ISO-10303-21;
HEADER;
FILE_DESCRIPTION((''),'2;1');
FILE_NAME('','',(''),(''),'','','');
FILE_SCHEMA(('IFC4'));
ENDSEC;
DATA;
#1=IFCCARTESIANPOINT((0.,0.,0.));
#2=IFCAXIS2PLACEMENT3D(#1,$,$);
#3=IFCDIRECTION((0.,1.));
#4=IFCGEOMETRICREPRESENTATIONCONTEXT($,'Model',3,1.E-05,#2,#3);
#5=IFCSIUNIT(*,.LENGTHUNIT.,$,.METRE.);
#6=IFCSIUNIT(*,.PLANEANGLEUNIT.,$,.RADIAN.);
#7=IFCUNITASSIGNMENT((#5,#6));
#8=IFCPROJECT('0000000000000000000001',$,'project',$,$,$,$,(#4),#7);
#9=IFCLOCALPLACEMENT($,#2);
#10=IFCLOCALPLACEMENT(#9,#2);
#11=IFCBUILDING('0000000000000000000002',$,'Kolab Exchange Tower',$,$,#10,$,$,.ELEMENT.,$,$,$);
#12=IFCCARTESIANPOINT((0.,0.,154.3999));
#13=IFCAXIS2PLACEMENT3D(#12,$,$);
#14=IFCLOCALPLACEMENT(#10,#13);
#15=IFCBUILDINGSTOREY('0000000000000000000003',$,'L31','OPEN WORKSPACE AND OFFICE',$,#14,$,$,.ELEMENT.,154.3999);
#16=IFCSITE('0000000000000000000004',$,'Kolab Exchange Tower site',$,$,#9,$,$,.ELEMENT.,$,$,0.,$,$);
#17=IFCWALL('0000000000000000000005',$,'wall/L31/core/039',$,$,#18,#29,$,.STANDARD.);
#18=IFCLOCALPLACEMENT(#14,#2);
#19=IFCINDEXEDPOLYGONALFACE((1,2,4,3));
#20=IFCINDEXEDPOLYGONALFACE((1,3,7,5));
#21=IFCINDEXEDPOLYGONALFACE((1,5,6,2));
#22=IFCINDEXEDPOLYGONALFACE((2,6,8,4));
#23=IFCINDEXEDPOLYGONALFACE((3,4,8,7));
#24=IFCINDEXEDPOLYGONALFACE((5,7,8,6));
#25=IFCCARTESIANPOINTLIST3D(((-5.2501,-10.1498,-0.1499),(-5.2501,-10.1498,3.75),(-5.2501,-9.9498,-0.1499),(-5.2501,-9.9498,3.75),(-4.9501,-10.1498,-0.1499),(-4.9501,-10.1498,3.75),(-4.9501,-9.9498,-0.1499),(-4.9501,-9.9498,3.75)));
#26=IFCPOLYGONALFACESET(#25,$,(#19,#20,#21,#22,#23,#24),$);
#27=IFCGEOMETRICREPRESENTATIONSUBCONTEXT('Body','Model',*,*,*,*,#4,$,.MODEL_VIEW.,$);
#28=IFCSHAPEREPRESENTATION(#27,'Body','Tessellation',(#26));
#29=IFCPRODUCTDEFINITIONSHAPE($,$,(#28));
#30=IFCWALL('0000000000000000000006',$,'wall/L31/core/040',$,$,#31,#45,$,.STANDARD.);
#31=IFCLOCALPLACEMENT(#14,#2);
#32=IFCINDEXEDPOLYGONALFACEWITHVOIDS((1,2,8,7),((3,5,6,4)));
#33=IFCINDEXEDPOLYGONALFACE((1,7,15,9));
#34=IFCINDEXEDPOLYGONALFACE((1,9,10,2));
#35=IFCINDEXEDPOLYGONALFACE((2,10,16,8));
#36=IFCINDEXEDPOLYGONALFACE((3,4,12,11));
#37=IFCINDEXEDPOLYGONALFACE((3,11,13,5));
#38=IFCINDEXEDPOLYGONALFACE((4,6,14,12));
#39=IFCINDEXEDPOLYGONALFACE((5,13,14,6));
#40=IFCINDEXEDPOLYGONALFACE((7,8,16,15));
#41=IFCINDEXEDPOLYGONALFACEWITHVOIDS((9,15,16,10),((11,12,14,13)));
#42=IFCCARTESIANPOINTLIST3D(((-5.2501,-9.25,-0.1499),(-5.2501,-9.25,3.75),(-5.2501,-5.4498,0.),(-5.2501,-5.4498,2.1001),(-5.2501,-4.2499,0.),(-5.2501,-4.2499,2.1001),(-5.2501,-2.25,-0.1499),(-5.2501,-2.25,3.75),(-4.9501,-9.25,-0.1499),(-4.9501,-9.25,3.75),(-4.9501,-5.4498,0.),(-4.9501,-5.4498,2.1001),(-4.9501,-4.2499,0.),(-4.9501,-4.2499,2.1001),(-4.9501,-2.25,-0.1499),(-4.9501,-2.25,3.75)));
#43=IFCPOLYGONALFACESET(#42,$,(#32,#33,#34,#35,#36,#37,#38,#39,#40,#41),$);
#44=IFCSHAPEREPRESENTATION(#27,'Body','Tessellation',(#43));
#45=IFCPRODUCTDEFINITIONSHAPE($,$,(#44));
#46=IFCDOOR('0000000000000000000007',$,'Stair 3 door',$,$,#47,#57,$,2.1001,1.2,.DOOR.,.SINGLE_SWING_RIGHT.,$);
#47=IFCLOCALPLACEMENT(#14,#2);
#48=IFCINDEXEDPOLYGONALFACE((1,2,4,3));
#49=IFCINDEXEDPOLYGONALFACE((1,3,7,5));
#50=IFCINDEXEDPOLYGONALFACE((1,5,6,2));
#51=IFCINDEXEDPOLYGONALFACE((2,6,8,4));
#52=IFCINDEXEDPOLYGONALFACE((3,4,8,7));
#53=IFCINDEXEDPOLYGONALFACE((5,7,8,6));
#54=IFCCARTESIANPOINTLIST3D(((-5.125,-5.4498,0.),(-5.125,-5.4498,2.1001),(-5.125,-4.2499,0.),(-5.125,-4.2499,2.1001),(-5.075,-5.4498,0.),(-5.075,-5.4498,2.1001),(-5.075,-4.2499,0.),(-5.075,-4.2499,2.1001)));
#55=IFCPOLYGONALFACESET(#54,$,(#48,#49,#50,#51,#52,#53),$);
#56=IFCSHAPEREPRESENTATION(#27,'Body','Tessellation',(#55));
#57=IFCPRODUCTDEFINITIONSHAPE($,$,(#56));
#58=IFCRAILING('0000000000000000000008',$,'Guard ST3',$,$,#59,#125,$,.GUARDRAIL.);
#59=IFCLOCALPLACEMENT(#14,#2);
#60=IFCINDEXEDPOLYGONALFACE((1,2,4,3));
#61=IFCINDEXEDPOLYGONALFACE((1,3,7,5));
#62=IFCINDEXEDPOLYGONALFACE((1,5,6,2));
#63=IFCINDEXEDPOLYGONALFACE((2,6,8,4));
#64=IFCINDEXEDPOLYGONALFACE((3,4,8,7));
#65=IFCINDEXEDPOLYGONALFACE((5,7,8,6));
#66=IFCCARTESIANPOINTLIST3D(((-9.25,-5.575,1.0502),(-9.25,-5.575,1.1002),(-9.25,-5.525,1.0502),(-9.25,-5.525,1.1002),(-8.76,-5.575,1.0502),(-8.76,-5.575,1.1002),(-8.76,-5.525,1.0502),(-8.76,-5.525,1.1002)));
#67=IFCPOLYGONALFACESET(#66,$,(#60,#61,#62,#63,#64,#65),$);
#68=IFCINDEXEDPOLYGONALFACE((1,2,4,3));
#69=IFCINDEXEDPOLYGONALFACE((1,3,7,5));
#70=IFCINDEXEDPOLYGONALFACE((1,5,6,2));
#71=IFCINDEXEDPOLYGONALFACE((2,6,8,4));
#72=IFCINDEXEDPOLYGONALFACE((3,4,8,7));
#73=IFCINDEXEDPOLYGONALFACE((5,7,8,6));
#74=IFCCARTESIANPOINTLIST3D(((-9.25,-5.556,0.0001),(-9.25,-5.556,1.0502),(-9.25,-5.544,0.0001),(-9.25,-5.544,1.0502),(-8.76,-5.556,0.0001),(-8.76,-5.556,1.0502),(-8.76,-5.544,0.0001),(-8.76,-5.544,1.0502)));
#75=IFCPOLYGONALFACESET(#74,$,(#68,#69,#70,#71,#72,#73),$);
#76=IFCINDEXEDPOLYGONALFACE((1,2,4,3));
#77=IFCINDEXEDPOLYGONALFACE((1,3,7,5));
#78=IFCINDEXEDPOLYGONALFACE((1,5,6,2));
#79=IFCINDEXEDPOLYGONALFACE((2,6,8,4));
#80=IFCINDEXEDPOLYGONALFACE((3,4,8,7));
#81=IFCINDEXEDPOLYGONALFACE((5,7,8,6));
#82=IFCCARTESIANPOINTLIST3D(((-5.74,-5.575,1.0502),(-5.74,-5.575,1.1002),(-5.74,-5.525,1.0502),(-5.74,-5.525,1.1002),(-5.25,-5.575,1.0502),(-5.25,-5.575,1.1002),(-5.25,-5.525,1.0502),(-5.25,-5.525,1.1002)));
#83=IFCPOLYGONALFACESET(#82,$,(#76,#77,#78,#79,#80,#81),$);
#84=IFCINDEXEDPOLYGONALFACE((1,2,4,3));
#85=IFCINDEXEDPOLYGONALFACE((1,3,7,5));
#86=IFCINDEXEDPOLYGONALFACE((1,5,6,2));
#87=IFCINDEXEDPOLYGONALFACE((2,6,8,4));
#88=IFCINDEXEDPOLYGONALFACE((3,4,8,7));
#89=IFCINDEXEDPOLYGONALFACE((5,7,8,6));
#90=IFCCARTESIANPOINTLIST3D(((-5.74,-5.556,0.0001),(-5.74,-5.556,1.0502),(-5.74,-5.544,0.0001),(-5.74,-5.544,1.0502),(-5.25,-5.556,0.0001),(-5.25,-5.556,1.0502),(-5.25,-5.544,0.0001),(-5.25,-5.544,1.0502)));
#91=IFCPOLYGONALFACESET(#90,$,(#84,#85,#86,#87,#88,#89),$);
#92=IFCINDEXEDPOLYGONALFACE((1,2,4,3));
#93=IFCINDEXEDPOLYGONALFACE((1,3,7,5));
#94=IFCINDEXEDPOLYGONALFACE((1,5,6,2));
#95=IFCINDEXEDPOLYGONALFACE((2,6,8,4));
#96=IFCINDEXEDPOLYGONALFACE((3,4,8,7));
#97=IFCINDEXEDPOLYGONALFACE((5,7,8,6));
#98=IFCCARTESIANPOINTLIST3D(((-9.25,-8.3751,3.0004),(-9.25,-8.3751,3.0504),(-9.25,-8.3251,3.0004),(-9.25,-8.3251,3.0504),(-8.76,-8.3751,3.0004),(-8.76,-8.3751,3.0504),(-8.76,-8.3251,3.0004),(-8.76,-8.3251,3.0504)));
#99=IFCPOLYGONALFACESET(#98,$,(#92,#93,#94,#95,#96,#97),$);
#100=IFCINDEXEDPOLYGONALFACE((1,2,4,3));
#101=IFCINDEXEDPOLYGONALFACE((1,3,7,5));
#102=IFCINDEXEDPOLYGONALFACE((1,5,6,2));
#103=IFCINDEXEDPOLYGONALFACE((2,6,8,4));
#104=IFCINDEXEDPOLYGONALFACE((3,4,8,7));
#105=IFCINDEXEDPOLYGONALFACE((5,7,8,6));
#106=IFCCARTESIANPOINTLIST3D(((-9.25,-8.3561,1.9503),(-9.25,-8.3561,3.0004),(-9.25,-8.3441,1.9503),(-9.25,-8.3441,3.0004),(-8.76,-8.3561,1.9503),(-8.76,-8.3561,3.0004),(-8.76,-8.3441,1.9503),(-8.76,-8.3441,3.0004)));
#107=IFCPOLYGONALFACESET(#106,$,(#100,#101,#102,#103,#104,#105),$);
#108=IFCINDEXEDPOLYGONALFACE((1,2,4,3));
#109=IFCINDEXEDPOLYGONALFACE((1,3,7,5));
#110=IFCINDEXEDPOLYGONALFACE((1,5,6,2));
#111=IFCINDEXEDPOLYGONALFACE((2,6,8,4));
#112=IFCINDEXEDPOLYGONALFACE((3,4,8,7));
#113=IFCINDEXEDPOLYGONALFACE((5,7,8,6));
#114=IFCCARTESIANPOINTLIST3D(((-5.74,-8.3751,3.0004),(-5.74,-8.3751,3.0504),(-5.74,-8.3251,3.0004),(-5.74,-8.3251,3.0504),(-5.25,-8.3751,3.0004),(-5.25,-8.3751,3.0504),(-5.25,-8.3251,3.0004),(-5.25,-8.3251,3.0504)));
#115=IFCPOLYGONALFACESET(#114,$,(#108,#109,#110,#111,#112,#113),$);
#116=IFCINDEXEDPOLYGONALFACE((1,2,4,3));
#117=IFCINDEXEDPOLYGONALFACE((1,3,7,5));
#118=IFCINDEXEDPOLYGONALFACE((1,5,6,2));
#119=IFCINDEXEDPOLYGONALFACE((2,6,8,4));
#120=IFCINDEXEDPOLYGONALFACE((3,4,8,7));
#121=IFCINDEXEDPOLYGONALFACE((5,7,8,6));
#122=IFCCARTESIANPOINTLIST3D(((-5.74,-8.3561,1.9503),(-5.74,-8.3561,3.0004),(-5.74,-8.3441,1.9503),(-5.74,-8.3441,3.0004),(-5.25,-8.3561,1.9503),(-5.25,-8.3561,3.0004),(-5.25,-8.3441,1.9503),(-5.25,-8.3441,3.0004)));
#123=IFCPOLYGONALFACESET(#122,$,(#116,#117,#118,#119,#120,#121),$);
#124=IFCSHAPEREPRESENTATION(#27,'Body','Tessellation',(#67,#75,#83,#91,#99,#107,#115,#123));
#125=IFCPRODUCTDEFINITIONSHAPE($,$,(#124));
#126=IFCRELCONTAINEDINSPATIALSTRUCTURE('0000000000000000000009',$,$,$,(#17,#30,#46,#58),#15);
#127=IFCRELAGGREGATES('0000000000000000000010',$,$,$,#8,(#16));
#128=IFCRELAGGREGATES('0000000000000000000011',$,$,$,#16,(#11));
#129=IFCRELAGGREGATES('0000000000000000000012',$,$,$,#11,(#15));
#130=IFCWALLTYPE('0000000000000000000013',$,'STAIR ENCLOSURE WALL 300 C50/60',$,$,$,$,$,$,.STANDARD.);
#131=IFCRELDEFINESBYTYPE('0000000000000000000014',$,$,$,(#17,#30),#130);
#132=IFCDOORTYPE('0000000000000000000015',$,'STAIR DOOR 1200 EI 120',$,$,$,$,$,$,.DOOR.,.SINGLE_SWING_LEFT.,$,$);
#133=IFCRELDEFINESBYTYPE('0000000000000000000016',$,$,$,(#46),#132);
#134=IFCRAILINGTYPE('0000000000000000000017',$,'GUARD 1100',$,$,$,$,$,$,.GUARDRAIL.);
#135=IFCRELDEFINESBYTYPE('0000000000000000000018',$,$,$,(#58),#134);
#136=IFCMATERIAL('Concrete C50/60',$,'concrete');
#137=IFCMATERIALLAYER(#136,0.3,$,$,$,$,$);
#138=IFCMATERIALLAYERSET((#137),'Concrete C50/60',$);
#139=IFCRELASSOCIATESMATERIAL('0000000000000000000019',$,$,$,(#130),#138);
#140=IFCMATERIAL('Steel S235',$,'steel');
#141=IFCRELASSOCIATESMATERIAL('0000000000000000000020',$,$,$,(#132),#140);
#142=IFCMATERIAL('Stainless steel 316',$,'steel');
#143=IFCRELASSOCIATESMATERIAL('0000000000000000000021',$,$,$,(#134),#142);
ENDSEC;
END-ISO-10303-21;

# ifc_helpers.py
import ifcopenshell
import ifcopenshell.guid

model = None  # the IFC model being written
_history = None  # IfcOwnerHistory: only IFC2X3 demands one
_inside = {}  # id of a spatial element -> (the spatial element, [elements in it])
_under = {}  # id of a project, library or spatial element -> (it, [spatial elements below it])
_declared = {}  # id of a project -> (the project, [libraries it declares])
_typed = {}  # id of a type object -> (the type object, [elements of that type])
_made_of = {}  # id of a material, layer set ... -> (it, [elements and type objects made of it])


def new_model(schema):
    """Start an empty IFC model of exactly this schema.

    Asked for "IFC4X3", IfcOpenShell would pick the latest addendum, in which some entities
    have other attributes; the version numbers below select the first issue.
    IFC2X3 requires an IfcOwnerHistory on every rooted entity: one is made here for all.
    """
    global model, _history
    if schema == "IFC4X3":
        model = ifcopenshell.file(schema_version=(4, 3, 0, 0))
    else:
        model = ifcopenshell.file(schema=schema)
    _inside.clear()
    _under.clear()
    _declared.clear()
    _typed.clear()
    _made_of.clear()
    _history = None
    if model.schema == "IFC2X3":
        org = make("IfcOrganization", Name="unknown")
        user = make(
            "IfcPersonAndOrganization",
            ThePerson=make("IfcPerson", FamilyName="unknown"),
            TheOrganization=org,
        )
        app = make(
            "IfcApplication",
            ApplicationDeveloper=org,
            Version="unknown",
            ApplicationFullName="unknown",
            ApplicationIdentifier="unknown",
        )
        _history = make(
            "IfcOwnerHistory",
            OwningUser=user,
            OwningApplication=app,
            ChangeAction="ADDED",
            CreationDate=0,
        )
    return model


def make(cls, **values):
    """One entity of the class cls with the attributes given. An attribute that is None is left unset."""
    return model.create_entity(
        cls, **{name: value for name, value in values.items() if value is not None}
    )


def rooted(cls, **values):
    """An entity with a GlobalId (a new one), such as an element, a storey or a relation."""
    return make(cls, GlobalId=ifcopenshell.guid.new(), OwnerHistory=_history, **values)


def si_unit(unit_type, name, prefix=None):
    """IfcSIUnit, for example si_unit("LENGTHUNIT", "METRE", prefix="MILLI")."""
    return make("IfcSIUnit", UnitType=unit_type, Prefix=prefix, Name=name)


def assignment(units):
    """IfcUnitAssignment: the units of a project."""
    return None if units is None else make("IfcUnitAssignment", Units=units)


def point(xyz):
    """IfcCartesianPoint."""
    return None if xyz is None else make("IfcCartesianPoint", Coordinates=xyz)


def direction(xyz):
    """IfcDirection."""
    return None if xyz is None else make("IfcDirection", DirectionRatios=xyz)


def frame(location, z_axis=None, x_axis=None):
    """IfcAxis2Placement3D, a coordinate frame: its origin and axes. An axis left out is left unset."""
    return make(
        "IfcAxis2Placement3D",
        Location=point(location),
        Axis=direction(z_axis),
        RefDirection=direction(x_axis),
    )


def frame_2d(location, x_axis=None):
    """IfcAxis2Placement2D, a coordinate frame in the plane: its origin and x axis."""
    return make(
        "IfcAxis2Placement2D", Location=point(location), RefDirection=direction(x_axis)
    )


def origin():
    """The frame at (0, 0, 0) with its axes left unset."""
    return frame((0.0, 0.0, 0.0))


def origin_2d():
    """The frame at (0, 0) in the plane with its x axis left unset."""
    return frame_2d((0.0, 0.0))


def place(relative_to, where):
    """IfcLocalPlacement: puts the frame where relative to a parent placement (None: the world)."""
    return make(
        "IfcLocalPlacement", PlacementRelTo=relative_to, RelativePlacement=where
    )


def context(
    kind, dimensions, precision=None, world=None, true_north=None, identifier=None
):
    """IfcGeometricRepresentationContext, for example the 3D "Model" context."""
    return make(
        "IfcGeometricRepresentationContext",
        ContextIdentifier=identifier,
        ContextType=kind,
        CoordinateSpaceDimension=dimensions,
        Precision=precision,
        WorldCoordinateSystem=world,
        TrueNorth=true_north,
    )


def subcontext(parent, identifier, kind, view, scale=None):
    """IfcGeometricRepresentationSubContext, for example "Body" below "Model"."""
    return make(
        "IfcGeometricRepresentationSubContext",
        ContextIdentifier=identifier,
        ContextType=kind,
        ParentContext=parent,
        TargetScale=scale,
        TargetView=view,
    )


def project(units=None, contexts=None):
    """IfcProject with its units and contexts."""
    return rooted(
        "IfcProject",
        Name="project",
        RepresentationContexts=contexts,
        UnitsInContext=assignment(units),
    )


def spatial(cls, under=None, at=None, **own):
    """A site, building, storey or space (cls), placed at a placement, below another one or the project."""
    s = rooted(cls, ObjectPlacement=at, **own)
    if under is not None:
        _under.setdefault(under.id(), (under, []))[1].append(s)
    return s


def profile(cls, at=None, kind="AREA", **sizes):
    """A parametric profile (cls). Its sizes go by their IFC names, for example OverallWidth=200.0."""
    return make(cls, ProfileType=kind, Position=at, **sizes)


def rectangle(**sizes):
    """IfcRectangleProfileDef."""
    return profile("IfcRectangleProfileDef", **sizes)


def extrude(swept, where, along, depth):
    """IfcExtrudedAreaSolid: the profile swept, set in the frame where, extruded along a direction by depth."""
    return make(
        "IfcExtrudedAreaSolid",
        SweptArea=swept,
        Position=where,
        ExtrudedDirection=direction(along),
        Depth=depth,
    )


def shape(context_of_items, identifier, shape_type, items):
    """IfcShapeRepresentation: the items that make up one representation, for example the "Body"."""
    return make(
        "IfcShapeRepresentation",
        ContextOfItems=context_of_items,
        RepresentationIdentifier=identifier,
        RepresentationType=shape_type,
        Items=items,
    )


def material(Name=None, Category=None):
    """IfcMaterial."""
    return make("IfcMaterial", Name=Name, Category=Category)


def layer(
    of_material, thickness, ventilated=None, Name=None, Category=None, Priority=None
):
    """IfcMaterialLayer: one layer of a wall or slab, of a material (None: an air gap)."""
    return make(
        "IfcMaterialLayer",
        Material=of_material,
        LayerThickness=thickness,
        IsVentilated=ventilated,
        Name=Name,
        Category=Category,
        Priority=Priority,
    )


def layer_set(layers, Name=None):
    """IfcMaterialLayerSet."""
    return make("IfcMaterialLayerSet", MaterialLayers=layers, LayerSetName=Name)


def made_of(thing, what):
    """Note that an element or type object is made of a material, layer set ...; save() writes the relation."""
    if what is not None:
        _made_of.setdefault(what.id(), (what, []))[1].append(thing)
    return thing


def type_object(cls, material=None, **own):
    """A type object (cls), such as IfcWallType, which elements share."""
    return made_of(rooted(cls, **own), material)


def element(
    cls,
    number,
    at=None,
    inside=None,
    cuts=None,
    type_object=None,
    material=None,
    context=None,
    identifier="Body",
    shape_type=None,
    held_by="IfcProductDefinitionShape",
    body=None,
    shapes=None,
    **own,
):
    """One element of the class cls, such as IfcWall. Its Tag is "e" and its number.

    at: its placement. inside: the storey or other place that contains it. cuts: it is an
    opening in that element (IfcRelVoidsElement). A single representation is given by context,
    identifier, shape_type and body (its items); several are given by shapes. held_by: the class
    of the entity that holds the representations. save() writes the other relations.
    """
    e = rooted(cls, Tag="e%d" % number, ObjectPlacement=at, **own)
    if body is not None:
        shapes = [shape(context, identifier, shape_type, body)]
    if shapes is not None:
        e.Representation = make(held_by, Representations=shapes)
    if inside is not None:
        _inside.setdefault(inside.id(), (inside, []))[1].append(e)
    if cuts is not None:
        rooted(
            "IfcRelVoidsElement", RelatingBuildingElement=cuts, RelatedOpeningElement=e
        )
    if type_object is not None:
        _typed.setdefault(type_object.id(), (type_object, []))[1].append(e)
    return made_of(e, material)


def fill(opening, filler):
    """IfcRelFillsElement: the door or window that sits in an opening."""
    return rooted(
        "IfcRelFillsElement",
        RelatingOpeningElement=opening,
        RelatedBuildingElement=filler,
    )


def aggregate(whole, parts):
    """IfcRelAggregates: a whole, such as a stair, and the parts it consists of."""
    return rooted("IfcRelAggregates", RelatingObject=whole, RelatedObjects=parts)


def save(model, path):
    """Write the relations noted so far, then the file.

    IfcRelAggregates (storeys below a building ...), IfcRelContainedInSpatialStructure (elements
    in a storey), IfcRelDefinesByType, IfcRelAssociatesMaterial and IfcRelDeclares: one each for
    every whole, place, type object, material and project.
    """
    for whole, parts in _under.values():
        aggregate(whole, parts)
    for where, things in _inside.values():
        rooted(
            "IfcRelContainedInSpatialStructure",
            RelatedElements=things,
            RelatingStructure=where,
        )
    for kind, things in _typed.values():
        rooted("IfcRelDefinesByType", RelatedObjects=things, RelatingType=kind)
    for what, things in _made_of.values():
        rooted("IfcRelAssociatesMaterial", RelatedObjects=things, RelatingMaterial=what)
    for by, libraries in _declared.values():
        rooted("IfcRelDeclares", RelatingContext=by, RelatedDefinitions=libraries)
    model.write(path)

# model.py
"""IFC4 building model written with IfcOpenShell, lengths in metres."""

from ifc_helpers import new_model, si_unit, direction, frame, frame_2d, origin, origin_2d, place, context, subcontext, project, spatial, rectangle, extrude, material, layer, layer_set, type_object, element, fill, save


model = new_model("IFC4")

# Units and contexts
model_context = context("Model", 3, precision=1e-05, world=origin(), true_north=direction((0.0, 1.0)))
body_context = subcontext(model_context, "Body", "Model", "MODEL_VIEW")
ifc_project = project(units=[si_unit("LENGTHUNIT", "METRE"), si_unit("PLANEANGLEUNIT", "RADIAN")], contexts=[model_context])

# Site, building, storey
site_placement = place(None, origin())
site = spatial("IfcSite", under=ifc_project, at=site_placement, Name="Kolab Exchange Tower site", CompositionType="ELEMENT", RefElevation=0.0)
building_placement = place(site_placement, origin())
building = spatial("IfcBuilding", under=site, at=building_placement, Name="Kolab Exchange Tower", CompositionType="ELEMENT")
storey_placement = place(building_placement, frame((0.0, 0.0, 154.3999)))
storey = spatial("IfcBuildingStorey", under=building, at=storey_placement, Name="L31", Description="OPEN WORKSPACE AND OFFICE", CompositionType="ELEMENT", Elevation=154.3999)

# Shared definitions
ifc_material_1 = material(Name="Steel S235", Category="steel")

# Shared definitions
ifc_material_2 = material(Name="Concrete C50/60", Category="concrete")
ifc_material_3 = material(Name="Stainless steel 316", Category="steel")

# Wall
ifc_layer_1 = layer(ifc_material_2, 0.3)
ifc_layer_set_1 = layer_set([ifc_layer_1], Name="Concrete C50/60")
wall_type_1 = type_object("IfcWallType", Name="STAIR ENCLOSURE WALL 300 C50/60", PredefinedType="STANDARD", material=ifc_layer_set_1)
wall_1_placement = place(storey_placement, frame((-5.1001, -10.1499, -0.1499), z_axis=(0.0, 0.0, 1.0), x_axis=(0.0, 1.0, 0.0)))
element("IfcWall", 1, at=wall_1_placement, inside=storey, type_object=wall_type_1, Name="wall/L31/core/039", PredefinedType="STANDARD", context=body_context, shape_type="SweptSolid", body=[
    extrude(rectangle(XDim=0.2, YDim=0.3, at=frame_2d((0.1001, 0.0))), origin(), (0.0, 0.0, 1.0), 3.8999),
])

# Wall, opening, door
wall_2_placement = place(storey_placement, frame((-5.1001, -9.25, -0.1499), z_axis=(0.0, 0.0, 1.0), x_axis=(0.0, 1.0, 0.0)))
wall_2 = element("IfcWall", 2, at=wall_2_placement, inside=storey, type_object=wall_type_1, Name="wall/L31/core/040", PredefinedType="STANDARD", context=body_context, shape_type="SweptSolid", body=[
    extrude(rectangle(XDim=7.0, YDim=0.3, at=frame_2d((3.5, 0.0))), origin(), (0.0, 0.0, 1.0), 3.8999),
])
opening_1_placement = place(wall_2_placement, frame((3.8, 0.0, 0.1499)))
opening_1 = element("IfcOpeningElement", 3, at=opening_1_placement, cuts=wall_2, PredefinedType="OPENING", context=body_context, shape_type="SweptSolid", body=[
    extrude(rectangle(XDim=1.2, YDim=2.1001, at=frame_2d((0.6001, 1.05))), frame((0.0, 0.1602, 0.0), z_axis=(0.0, -1.0, 0.0), x_axis=(1.0, 0.0, 0.0)), (0.0, 0.0, 1.0), 0.3201),
])
door_type_1 = type_object("IfcDoorType", Name="STAIR DOOR 1200 EI 120", OperationType="SINGLE_SWING_LEFT", PredefinedType="DOOR", material=ifc_material_1)
door_1_placement = place(opening_1_placement, origin())
door_1 = element("IfcDoor", 4, at=door_1_placement, inside=storey, type_object=door_type_1, Name="Stair 3 door", OperationType="SINGLE_SWING_RIGHT", OverallHeight=2.1001, OverallWidth=1.2, PredefinedType="DOOR", context=body_context, shape_type="SweptSolid", body=[
    extrude(rectangle(XDim=1.2, YDim=2.1001, at=frame_2d((0.6001, 1.05))), frame((0.0, 0.0249, 0.0), z_axis=(0.0, -1.0, 0.0), x_axis=(1.0, 0.0, 0.0)), (0.0, 0.0, 1.0), 0.05),
])
fill(opening_1, door_1)

# Railing
railing_type = type_object("IfcRailingType", Name="GUARD 1100", PredefinedType="GUARDRAIL", material=ifc_material_3)
railing_placement = place(storey_placement, frame((-9.25, -5.55, 0.0)))
element("IfcRailing", 5, at=railing_placement, inside=storey, type_object=railing_type, Name="Guard ST3", PredefinedType="GUARDRAIL", context=body_context, shape_type="SweptSolid", body=[
    extrude(rectangle(XDim=0.05, YDim=0.05, at=origin_2d()), frame((0.0, 0.0, 1.0752), z_axis=(1.0, 0.0, 0.0), x_axis=(0.0, 1.0, 0.0)), (0.0, 0.0, 1.0), 0.49),
    extrude(rectangle(XDim=0.012, YDim=1.0501, at=frame_2d((0.0, 0.5251))), frame((0.0, 0.0, 0.0), z_axis=(1.0, 0.0, 0.0), x_axis=(0.0, 1.0, 0.0)), (0.0, 0.0, 1.0), 0.49),
    extrude(rectangle(XDim=0.05, YDim=0.05, at=origin_2d()), frame((3.51, 0.0, 1.0752), z_axis=(1.0, 0.0, 0.0), x_axis=(0.0, 1.0, 0.0)), (0.0, 0.0, 1.0), 0.49),
    extrude(rectangle(XDim=0.012, YDim=1.0501, at=frame_2d((0.0, 0.5251))), frame((3.51, 0.0, 0.0), z_axis=(1.0, 0.0, 0.0), x_axis=(0.0, 1.0, 0.0)), (0.0, 0.0, 1.0), 0.49),
    extrude(rectangle(XDim=0.05, YDim=0.05, at=origin_2d()), frame((0.0, -2.8, 3.0254), z_axis=(1.0, 0.0, 0.0), x_axis=(0.0, 1.0, 0.0)), (0.0, 0.0, 1.0), 0.49),
    extrude(rectangle(XDim=0.012, YDim=1.0501, at=frame_2d((0.0, 0.5251))), frame((0.0, -2.8, 1.9502), z_axis=(1.0, 0.0, 0.0), x_axis=(0.0, 1.0, 0.0)), (0.0, 0.0, 1.0), 0.49),
    extrude(rectangle(XDim=0.05, YDim=0.05, at=origin_2d()), frame((3.51, -2.8, 3.0254), z_axis=(1.0, 0.0, 0.0), x_axis=(0.0, 1.0, 0.0)), (0.0, 0.0, 1.0), 0.49),
    extrude(rectangle(XDim=0.012, YDim=1.0501, at=frame_2d((0.0, 0.5251))), frame((3.51, -2.8, 1.9502), z_axis=(1.0, 0.0, 0.0), x_axis=(0.0, 1.0, 0.0)), (0.0, 0.0, 1.0), 0.49),
])

save(model, "model.ifc")
